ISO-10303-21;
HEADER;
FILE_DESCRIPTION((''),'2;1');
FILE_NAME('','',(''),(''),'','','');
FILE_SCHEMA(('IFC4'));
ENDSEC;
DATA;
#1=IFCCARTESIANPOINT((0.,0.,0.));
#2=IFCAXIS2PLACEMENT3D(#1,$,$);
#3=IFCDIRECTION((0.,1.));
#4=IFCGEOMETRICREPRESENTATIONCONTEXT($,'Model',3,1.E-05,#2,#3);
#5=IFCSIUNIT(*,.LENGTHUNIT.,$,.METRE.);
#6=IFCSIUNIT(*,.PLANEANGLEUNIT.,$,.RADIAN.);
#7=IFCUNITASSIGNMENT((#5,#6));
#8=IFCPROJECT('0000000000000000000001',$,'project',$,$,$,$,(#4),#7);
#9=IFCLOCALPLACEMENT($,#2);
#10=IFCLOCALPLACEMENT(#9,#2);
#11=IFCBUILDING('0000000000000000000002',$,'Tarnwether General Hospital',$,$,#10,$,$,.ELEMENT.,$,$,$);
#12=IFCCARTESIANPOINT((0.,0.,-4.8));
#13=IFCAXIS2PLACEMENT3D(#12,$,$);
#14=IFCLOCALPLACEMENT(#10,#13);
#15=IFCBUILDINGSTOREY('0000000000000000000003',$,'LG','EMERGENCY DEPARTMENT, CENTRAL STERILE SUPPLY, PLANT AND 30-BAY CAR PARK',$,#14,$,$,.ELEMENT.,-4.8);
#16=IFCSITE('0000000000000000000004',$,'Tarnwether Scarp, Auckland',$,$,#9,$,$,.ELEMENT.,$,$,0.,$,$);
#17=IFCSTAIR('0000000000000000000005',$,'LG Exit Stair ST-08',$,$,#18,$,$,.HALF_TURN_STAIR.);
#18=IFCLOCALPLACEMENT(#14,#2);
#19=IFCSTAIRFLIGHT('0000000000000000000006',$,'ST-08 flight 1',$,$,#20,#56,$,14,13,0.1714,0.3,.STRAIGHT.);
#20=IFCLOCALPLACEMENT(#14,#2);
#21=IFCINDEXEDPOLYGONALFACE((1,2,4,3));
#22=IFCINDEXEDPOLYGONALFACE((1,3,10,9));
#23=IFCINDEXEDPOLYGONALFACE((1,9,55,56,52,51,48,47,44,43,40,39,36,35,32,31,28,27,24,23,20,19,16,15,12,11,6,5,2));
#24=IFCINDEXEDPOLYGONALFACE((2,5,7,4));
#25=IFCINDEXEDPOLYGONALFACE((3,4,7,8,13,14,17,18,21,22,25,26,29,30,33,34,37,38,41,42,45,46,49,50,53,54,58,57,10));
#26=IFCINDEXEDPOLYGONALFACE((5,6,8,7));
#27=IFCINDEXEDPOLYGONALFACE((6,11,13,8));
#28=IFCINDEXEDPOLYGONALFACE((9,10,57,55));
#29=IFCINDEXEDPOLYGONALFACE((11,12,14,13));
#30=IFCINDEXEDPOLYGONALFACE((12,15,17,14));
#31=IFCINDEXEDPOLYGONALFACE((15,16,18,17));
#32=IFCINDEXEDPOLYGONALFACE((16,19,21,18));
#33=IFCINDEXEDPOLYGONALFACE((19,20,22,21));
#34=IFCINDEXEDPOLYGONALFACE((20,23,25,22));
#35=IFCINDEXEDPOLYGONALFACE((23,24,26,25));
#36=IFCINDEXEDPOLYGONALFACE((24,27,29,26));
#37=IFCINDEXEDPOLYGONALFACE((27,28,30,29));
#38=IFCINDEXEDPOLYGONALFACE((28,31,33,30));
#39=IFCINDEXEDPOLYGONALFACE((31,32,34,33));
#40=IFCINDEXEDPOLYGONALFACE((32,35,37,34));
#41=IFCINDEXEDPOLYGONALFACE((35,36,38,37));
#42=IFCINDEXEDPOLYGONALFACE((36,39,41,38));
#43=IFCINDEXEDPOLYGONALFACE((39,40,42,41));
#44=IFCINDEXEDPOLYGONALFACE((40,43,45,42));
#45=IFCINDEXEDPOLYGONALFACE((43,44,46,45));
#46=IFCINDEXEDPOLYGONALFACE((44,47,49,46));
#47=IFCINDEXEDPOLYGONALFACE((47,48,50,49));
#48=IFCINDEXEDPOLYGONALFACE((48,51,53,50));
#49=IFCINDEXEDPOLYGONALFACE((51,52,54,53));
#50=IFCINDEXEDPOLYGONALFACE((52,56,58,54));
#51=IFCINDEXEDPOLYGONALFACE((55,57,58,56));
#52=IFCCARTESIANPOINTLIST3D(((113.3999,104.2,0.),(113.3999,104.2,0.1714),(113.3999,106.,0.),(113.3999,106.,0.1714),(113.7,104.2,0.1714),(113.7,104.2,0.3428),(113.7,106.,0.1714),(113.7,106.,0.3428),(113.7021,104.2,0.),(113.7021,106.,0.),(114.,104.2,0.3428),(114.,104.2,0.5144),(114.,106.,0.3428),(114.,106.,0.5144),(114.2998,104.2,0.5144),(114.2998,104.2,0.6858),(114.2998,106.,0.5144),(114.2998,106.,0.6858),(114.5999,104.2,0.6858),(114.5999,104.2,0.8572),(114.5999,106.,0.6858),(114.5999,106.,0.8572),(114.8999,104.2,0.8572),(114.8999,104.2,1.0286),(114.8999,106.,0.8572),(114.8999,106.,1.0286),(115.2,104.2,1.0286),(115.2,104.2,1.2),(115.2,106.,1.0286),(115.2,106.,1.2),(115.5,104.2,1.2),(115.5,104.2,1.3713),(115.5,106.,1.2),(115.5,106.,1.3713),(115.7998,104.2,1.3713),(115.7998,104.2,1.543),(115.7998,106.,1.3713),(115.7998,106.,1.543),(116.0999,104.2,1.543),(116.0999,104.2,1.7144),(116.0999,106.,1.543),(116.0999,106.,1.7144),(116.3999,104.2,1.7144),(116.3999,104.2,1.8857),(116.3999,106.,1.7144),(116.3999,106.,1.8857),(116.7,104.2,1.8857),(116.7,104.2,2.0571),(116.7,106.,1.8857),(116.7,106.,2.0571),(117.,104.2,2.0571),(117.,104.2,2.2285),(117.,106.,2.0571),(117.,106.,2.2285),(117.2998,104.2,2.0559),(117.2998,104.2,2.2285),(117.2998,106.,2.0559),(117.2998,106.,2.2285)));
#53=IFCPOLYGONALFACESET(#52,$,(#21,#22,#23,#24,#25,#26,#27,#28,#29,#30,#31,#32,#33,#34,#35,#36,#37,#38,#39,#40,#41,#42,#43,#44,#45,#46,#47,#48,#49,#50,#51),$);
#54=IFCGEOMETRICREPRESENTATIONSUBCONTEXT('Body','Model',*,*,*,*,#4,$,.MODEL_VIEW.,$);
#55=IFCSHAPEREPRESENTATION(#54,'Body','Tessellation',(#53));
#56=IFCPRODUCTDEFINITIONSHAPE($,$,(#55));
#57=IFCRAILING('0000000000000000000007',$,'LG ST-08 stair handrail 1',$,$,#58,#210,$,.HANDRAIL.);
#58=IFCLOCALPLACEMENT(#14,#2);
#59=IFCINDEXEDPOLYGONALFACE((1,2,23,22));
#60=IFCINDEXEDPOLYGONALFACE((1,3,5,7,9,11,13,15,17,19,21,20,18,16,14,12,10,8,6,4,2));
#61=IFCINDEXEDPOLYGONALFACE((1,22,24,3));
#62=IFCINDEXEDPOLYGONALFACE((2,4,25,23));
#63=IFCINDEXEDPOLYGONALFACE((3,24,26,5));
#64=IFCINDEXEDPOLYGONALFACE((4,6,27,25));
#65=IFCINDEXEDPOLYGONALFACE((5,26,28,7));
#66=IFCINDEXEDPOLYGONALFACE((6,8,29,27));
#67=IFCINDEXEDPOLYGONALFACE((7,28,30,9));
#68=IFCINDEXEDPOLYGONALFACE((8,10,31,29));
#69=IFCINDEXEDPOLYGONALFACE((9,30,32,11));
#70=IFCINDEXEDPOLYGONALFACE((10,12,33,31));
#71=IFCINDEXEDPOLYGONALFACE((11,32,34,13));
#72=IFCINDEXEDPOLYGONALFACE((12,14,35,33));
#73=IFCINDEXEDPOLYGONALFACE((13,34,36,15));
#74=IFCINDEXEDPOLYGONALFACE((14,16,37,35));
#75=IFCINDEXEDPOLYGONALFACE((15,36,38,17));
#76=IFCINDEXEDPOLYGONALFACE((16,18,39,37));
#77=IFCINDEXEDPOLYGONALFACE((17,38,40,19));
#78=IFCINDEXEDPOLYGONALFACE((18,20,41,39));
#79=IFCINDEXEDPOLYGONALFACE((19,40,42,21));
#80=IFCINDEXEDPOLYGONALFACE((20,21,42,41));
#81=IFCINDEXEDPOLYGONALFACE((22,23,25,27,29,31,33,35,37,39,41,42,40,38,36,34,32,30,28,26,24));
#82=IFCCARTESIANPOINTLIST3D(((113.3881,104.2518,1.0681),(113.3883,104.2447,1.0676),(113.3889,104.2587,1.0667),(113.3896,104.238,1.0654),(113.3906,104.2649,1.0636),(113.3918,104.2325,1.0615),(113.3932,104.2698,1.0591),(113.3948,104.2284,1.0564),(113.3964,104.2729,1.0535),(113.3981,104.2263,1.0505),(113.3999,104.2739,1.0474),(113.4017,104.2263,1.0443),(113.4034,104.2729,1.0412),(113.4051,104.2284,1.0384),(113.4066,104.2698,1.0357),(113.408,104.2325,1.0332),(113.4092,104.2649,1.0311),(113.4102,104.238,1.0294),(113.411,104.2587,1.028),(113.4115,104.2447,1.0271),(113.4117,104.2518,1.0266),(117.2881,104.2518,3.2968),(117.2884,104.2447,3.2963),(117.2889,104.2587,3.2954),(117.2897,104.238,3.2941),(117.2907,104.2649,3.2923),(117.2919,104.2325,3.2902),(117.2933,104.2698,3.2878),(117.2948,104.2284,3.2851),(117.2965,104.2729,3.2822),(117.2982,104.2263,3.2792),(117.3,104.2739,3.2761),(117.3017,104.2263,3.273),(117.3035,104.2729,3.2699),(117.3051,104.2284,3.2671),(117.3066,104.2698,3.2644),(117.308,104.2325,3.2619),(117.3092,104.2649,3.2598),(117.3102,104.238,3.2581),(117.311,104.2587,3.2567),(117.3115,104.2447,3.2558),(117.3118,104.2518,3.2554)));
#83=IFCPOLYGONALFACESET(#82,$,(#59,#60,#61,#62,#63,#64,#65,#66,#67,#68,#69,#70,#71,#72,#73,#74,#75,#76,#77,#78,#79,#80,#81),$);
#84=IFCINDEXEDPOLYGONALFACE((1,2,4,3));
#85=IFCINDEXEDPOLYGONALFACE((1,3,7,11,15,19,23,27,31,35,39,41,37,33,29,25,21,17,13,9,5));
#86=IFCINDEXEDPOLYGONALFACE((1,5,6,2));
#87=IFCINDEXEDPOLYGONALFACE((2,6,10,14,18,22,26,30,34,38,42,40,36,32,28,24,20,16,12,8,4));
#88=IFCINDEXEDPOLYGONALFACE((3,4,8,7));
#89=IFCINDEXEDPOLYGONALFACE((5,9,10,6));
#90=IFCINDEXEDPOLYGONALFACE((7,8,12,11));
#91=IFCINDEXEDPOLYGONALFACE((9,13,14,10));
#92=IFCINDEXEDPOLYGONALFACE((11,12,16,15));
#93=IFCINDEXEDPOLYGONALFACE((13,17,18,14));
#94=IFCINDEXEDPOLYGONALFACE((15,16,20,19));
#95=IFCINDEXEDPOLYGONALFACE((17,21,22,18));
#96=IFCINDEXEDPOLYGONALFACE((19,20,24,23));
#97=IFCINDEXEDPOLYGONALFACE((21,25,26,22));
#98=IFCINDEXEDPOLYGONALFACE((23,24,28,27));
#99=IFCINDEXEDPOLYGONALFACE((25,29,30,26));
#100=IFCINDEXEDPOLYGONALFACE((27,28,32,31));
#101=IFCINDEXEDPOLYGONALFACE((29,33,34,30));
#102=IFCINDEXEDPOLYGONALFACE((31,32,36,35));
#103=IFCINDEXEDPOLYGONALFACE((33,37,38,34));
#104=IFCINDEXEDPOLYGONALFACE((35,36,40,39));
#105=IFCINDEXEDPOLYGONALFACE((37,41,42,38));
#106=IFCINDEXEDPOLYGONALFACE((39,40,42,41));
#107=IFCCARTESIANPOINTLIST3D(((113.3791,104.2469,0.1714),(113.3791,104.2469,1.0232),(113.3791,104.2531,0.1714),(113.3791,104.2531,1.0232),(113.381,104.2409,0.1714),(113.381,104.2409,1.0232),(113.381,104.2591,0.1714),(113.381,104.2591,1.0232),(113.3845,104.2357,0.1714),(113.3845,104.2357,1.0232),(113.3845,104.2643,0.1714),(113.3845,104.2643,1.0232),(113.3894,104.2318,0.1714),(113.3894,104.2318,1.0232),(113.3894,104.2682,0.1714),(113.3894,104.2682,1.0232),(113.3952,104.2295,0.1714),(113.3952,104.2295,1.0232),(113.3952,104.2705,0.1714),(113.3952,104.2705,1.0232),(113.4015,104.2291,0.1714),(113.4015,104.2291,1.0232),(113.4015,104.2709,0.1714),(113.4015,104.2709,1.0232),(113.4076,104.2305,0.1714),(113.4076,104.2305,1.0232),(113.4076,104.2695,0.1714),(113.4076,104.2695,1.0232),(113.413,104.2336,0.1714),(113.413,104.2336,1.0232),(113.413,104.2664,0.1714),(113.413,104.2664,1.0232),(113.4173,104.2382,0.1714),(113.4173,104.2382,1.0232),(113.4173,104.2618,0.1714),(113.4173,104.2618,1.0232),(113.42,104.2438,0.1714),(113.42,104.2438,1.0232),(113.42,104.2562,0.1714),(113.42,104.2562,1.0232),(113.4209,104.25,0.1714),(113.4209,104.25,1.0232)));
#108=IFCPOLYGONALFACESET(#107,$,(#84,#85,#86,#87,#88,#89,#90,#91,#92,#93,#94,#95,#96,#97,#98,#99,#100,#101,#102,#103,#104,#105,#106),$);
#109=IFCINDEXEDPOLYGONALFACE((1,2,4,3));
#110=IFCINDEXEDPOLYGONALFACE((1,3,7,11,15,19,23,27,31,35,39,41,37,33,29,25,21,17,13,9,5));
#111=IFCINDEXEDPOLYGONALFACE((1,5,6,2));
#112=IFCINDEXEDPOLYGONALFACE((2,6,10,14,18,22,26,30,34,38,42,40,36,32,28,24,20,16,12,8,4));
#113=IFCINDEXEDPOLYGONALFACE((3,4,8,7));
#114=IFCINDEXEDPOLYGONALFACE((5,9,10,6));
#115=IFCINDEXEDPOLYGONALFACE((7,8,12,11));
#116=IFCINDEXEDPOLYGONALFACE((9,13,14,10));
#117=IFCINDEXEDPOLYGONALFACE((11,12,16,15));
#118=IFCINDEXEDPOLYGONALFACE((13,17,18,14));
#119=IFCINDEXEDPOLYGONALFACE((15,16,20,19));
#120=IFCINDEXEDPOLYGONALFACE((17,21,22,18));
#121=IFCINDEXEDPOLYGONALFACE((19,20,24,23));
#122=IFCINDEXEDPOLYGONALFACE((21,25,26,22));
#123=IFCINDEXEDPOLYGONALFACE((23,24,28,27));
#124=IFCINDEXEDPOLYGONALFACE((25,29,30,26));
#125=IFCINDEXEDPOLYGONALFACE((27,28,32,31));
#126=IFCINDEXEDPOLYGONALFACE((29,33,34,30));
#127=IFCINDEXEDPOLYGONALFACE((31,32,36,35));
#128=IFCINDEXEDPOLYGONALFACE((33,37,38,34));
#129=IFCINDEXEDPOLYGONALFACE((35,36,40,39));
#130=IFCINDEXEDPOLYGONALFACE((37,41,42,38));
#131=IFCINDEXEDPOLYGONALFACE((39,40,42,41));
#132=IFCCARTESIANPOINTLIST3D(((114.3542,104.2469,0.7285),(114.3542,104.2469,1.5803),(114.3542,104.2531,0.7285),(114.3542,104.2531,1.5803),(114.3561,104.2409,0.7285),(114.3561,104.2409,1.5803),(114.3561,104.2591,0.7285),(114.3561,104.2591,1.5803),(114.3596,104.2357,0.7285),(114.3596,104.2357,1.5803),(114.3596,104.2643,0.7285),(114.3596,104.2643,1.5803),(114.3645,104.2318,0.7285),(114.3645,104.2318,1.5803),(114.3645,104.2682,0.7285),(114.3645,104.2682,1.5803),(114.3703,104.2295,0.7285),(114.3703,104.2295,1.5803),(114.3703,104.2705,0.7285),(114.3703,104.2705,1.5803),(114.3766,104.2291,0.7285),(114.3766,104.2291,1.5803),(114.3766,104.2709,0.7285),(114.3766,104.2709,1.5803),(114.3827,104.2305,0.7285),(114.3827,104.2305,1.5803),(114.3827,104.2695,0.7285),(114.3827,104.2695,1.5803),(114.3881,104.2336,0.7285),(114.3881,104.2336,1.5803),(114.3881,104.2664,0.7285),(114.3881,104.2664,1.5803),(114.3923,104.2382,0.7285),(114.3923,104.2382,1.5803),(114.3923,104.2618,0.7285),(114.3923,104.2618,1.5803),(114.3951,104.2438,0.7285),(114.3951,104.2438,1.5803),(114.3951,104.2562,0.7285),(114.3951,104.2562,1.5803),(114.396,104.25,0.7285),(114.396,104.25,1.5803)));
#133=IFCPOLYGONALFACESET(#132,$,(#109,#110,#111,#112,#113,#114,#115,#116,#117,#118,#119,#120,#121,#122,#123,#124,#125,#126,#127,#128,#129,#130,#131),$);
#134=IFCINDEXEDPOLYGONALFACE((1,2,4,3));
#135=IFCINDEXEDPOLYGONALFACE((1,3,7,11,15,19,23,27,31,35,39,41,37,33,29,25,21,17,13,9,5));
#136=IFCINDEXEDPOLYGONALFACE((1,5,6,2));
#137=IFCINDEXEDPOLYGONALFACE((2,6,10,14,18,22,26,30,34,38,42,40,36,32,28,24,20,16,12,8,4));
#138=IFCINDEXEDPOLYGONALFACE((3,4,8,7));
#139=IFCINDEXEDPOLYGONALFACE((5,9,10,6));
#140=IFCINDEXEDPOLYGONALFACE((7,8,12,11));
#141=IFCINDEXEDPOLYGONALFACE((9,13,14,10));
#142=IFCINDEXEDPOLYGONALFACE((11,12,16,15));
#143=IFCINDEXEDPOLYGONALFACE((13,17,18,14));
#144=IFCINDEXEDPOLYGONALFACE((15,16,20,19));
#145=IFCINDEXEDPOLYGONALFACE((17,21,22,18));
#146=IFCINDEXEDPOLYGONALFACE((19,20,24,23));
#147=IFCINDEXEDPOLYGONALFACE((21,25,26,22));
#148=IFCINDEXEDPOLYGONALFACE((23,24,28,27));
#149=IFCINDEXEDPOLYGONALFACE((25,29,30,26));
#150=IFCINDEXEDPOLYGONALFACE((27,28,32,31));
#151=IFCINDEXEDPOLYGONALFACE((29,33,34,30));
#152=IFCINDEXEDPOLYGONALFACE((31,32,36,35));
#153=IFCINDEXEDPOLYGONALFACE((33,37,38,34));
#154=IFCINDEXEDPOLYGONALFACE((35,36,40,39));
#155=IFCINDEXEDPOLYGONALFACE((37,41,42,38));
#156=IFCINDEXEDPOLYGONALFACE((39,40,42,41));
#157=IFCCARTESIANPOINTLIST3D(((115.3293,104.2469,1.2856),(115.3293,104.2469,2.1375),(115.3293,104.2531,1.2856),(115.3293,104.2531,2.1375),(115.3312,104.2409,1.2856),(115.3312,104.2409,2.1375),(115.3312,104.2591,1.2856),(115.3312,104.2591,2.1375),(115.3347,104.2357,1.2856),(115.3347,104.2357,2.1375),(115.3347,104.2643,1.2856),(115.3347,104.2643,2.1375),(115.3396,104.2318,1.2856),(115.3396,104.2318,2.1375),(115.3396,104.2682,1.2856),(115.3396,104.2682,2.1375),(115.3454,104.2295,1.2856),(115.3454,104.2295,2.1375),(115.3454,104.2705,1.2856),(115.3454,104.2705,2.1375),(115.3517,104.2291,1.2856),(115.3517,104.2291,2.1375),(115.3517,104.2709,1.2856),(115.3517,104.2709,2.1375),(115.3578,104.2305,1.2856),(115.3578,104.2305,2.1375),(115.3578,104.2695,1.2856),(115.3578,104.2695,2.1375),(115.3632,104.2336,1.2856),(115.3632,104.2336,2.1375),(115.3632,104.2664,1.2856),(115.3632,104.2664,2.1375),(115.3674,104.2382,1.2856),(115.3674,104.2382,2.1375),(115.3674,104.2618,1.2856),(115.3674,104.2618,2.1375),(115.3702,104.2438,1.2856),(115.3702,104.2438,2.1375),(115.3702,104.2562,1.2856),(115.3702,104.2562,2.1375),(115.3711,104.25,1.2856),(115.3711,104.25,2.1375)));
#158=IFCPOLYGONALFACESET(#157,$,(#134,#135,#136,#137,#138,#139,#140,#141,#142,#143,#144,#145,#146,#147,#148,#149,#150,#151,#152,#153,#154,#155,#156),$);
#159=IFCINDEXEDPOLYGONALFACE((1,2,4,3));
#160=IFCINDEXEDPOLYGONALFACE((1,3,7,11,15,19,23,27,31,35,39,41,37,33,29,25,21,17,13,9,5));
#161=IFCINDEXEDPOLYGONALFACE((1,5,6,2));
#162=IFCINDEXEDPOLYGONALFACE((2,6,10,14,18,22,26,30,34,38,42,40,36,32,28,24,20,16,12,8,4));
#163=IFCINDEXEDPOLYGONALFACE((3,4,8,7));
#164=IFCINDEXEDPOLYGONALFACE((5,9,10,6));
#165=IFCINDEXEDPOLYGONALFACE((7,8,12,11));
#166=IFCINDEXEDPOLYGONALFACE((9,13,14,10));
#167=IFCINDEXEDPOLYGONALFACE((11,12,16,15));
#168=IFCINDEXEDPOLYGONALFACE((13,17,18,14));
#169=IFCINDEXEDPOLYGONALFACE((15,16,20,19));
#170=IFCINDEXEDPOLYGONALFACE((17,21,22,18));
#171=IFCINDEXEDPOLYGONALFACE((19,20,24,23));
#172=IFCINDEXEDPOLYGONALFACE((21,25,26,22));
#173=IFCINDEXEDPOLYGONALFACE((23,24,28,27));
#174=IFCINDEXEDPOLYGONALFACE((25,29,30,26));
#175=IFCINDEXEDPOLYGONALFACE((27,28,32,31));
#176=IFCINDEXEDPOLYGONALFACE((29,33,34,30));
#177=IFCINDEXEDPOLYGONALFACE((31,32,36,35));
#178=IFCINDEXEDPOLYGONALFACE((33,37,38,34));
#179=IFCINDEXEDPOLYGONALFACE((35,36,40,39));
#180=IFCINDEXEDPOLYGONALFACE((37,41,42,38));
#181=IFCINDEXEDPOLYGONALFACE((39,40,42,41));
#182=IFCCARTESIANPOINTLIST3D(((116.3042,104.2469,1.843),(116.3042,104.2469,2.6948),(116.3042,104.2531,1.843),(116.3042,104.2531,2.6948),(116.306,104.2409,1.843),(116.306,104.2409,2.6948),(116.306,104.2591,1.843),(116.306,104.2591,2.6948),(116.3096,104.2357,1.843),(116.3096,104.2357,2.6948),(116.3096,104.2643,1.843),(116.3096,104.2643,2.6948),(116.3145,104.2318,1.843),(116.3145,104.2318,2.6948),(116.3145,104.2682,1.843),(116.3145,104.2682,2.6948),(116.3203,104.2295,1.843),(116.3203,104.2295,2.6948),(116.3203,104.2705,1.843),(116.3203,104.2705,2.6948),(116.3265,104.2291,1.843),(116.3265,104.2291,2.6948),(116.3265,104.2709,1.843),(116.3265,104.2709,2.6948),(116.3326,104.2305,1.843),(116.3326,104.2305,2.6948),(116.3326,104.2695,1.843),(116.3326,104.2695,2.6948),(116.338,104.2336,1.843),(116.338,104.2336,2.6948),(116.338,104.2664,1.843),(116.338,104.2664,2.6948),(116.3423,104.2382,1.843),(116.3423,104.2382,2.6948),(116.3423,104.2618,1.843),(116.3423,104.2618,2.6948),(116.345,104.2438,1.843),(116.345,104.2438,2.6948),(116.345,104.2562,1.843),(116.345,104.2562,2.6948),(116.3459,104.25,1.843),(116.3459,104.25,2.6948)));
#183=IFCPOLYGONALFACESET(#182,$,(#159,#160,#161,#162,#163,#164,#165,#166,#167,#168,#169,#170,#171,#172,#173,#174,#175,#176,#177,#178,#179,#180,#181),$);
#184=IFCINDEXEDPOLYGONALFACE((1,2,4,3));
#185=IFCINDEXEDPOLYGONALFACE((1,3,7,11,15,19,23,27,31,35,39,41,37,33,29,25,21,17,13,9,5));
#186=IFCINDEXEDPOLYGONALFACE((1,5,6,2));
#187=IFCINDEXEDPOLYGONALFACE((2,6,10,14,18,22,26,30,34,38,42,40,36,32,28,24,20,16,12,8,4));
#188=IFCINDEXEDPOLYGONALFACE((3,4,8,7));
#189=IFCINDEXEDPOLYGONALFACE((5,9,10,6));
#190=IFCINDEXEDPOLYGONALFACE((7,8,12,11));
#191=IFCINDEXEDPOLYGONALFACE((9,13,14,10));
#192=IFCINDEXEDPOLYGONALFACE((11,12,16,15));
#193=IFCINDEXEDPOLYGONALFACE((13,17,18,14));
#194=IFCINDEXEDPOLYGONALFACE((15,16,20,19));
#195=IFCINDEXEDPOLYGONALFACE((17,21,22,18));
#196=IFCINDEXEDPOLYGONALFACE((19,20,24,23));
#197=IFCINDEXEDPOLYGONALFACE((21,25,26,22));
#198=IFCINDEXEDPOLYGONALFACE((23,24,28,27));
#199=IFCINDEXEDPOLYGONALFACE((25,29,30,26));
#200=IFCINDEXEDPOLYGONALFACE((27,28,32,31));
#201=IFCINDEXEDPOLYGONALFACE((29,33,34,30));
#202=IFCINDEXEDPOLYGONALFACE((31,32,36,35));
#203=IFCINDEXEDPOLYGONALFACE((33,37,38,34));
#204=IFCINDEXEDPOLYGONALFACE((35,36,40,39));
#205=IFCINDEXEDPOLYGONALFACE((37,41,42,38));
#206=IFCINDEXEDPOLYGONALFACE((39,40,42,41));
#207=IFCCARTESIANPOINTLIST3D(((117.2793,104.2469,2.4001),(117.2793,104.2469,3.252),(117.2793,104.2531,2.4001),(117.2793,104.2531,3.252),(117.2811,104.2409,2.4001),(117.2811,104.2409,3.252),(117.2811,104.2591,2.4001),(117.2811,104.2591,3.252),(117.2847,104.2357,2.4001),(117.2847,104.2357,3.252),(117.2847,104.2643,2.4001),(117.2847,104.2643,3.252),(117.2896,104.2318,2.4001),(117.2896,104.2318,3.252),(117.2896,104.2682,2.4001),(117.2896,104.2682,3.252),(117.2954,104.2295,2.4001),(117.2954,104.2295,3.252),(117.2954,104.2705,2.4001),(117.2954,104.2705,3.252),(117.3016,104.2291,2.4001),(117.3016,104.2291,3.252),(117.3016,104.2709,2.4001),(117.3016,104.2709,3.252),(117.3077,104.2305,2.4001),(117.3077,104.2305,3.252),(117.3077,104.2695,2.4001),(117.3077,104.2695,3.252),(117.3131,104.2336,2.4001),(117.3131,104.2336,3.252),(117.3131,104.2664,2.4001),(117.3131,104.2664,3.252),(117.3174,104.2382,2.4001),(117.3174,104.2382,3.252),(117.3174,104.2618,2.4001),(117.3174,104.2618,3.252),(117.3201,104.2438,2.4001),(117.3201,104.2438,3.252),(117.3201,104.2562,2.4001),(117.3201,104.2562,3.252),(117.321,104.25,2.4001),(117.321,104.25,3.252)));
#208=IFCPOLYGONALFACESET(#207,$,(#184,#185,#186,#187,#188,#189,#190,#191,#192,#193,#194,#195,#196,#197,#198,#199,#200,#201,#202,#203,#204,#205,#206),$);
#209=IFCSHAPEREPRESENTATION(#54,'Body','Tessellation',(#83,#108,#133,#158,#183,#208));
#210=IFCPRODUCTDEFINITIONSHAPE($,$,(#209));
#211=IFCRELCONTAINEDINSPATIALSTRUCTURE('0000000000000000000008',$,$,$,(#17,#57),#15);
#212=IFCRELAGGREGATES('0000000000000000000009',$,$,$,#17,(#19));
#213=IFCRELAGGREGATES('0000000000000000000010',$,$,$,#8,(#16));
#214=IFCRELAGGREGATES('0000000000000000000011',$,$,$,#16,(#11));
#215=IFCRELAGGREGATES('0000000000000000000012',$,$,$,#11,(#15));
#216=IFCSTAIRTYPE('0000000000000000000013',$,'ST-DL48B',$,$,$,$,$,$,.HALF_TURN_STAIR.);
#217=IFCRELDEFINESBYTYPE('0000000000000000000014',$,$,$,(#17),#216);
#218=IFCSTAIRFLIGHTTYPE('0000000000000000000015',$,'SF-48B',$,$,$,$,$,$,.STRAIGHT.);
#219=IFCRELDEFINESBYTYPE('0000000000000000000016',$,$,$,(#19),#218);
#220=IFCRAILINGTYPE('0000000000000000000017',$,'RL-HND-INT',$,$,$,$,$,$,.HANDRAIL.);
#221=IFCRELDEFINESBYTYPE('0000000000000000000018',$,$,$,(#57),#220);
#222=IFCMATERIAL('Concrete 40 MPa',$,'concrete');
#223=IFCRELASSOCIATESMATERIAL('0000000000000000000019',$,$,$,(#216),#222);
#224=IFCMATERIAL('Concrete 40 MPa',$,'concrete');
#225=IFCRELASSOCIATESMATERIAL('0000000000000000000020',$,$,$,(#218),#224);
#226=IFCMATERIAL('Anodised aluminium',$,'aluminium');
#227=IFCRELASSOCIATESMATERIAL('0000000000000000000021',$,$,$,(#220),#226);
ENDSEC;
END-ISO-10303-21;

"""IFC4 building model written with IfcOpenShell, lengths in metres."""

from ifc_helpers import new_model, si_unit, direction, frame, origin, origin_2d, place, context, subcontext, project, spatial, polyline, circle, outline, extrude, material, type_object, element, aggregate, save


model = new_model("IFC4")

# Units and contexts
model_context = context("Model", 3, precision=1e-05, world=origin(), true_north=direction((0.0, 1.0)))
body_context = subcontext(model_context, "Body", "Model", "MODEL_VIEW")
ifc_project = project(units=[si_unit("LENGTHUNIT", "METRE"), si_unit("PLANEANGLEUNIT", "RADIAN")], contexts=[model_context])

# Site, building, storey
site_placement = place(None, origin())
site = spatial("IfcSite", under=ifc_project, at=site_placement, Name="Tarnwether Scarp, Auckland", CompositionType="ELEMENT", RefElevation=0.0)
building_placement = place(site_placement, origin())
building = spatial("IfcBuilding", under=site, at=building_placement, Name="Tarnwether General Hospital", CompositionType="ELEMENT")
storey_placement = place(building_placement, frame((0.0, 0.0, -4.8)))
storey = spatial("IfcBuildingStorey", under=building, at=storey_placement, Name="LG", Description="EMERGENCY DEPARTMENT, CENTRAL STERILE SUPPLY, PLANT AND 30-BAY CAR PARK", CompositionType="ELEMENT", Elevation=-4.8)

# Stair, stair flight
ifc_material_1 = material(Name="Concrete 40 MPa", Category="concrete")
stair_type = type_object("IfcStairType", Name="ST-DL48B", PredefinedType="HALF_TURN_STAIR", material=ifc_material_1)
stair_placement = place(storey_placement, origin())
stair = element("IfcStair", 1, at=stair_placement, inside=storey, type_object=stair_type, Name="LG Exit Stair ST-08", PredefinedType="HALF_TURN_STAIR")
ifc_material_2 = material(Name="Concrete 40 MPa", Category="concrete")
stair_flight_type = type_object("IfcStairFlightType", Name="SF-48B", PredefinedType="STRAIGHT", material=ifc_material_2)
stair_flight_placement = place(storey_placement, frame((113.3999, 105.1001, 0.0), z_axis=(0.0, 0.0, 1.0), x_axis=(1.0, 0.0, 0.0)))
stair_flight = element("IfcStairFlight", 2, at=stair_flight_placement, type_object=stair_flight_type, Name="ST-08 flight 1", NumberOfRisers=14, NumberOfTreads=13, PredefinedType="STRAIGHT", RiserHeight=0.1714, TreadLength=0.3, context=body_context, shape_type="SweptSolid", body=[
    extrude(outline(polyline([(0.0, 0.0), (0.0, 0.1714), (0.3, 0.1714), (0.3, 0.3428), (0.6001, 0.3428), (0.6001, 0.5144), (0.8999, 0.5144), (0.8999, 0.6858), (1.2, 0.6858), (1.2, 0.8572), (1.5, 0.8572), (1.5, 1.0286), (1.8, 1.0286), (1.8, 1.2), (2.1001, 1.2), (2.1001, 1.3713), (2.3999, 1.3713), (2.3999, 1.543), (2.7, 1.543), (2.7, 1.7144), (3.0, 1.7144), (3.0, 1.8857), (3.3, 1.8857), (3.3, 2.0571), (3.6001, 2.0571), (3.6001, 2.2285), (3.8999, 2.2285), (3.8999, 2.3999), (3.8999, 2.0559), (0.3022, 0.0), (0.0, 0.0)])), frame((0.0, 0.8999, 0.0), z_axis=(0.0, -1.0, 0.0), x_axis=(1.0, 0.0, 0.0)), (0.0, 0.0, 1.0), 1.8),
])
aggregate(stair, [stair_flight])

# Railing
ifc_material_3 = material(Name="Anodised aluminium", Category="aluminium")
railing_type = type_object("IfcRailingType", Name="RL-HND-INT", PredefinedType="HANDRAIL", material=ifc_material_3)
railing_placement = place(storey_placement, frame((113.3999, 104.25, 0.1714)))
element("IfcRailing", 3, at=railing_placement, inside=storey, type_object=railing_type, Name="LG ST-08 stair handrail 1", PredefinedType="HANDRAIL", context=body_context, shape_type="SweptSolid", body=[
    extrude(circle(Radius=0.0239, at=origin_2d()), frame((0.0, 0.0, 0.876), z_axis=(0.868233, 0.0, 0.496156), x_axis=(0.0, 1.0, 0.0)), (0.0, 0.0, 1.0), 4.4919),
    extrude(circle(Radius=0.021, at=origin_2d()), origin(), (0.0, 0.0, 1.0), 0.8518),
    extrude(circle(Radius=0.021, at=origin_2d()), frame((0.9751, 0.0, 0.5571)), (0.0, 0.0, 1.0), 0.8518),
    extrude(circle(Radius=0.021, at=origin_2d()), frame((1.9502, 0.0, 1.1143)), (0.0, 0.0, 1.0), 0.8518),
    extrude(circle(Radius=0.021, at=origin_2d()), frame((2.925, 0.0, 1.6716)), (0.0, 0.0, 1.0), 0.8518),
    extrude(circle(Radius=0.021, at=origin_2d()), frame((3.9001, 0.0, 2.2288)), (0.0, 0.0, 1.0), 0.8518),
])

save(model, "model.ifc")
